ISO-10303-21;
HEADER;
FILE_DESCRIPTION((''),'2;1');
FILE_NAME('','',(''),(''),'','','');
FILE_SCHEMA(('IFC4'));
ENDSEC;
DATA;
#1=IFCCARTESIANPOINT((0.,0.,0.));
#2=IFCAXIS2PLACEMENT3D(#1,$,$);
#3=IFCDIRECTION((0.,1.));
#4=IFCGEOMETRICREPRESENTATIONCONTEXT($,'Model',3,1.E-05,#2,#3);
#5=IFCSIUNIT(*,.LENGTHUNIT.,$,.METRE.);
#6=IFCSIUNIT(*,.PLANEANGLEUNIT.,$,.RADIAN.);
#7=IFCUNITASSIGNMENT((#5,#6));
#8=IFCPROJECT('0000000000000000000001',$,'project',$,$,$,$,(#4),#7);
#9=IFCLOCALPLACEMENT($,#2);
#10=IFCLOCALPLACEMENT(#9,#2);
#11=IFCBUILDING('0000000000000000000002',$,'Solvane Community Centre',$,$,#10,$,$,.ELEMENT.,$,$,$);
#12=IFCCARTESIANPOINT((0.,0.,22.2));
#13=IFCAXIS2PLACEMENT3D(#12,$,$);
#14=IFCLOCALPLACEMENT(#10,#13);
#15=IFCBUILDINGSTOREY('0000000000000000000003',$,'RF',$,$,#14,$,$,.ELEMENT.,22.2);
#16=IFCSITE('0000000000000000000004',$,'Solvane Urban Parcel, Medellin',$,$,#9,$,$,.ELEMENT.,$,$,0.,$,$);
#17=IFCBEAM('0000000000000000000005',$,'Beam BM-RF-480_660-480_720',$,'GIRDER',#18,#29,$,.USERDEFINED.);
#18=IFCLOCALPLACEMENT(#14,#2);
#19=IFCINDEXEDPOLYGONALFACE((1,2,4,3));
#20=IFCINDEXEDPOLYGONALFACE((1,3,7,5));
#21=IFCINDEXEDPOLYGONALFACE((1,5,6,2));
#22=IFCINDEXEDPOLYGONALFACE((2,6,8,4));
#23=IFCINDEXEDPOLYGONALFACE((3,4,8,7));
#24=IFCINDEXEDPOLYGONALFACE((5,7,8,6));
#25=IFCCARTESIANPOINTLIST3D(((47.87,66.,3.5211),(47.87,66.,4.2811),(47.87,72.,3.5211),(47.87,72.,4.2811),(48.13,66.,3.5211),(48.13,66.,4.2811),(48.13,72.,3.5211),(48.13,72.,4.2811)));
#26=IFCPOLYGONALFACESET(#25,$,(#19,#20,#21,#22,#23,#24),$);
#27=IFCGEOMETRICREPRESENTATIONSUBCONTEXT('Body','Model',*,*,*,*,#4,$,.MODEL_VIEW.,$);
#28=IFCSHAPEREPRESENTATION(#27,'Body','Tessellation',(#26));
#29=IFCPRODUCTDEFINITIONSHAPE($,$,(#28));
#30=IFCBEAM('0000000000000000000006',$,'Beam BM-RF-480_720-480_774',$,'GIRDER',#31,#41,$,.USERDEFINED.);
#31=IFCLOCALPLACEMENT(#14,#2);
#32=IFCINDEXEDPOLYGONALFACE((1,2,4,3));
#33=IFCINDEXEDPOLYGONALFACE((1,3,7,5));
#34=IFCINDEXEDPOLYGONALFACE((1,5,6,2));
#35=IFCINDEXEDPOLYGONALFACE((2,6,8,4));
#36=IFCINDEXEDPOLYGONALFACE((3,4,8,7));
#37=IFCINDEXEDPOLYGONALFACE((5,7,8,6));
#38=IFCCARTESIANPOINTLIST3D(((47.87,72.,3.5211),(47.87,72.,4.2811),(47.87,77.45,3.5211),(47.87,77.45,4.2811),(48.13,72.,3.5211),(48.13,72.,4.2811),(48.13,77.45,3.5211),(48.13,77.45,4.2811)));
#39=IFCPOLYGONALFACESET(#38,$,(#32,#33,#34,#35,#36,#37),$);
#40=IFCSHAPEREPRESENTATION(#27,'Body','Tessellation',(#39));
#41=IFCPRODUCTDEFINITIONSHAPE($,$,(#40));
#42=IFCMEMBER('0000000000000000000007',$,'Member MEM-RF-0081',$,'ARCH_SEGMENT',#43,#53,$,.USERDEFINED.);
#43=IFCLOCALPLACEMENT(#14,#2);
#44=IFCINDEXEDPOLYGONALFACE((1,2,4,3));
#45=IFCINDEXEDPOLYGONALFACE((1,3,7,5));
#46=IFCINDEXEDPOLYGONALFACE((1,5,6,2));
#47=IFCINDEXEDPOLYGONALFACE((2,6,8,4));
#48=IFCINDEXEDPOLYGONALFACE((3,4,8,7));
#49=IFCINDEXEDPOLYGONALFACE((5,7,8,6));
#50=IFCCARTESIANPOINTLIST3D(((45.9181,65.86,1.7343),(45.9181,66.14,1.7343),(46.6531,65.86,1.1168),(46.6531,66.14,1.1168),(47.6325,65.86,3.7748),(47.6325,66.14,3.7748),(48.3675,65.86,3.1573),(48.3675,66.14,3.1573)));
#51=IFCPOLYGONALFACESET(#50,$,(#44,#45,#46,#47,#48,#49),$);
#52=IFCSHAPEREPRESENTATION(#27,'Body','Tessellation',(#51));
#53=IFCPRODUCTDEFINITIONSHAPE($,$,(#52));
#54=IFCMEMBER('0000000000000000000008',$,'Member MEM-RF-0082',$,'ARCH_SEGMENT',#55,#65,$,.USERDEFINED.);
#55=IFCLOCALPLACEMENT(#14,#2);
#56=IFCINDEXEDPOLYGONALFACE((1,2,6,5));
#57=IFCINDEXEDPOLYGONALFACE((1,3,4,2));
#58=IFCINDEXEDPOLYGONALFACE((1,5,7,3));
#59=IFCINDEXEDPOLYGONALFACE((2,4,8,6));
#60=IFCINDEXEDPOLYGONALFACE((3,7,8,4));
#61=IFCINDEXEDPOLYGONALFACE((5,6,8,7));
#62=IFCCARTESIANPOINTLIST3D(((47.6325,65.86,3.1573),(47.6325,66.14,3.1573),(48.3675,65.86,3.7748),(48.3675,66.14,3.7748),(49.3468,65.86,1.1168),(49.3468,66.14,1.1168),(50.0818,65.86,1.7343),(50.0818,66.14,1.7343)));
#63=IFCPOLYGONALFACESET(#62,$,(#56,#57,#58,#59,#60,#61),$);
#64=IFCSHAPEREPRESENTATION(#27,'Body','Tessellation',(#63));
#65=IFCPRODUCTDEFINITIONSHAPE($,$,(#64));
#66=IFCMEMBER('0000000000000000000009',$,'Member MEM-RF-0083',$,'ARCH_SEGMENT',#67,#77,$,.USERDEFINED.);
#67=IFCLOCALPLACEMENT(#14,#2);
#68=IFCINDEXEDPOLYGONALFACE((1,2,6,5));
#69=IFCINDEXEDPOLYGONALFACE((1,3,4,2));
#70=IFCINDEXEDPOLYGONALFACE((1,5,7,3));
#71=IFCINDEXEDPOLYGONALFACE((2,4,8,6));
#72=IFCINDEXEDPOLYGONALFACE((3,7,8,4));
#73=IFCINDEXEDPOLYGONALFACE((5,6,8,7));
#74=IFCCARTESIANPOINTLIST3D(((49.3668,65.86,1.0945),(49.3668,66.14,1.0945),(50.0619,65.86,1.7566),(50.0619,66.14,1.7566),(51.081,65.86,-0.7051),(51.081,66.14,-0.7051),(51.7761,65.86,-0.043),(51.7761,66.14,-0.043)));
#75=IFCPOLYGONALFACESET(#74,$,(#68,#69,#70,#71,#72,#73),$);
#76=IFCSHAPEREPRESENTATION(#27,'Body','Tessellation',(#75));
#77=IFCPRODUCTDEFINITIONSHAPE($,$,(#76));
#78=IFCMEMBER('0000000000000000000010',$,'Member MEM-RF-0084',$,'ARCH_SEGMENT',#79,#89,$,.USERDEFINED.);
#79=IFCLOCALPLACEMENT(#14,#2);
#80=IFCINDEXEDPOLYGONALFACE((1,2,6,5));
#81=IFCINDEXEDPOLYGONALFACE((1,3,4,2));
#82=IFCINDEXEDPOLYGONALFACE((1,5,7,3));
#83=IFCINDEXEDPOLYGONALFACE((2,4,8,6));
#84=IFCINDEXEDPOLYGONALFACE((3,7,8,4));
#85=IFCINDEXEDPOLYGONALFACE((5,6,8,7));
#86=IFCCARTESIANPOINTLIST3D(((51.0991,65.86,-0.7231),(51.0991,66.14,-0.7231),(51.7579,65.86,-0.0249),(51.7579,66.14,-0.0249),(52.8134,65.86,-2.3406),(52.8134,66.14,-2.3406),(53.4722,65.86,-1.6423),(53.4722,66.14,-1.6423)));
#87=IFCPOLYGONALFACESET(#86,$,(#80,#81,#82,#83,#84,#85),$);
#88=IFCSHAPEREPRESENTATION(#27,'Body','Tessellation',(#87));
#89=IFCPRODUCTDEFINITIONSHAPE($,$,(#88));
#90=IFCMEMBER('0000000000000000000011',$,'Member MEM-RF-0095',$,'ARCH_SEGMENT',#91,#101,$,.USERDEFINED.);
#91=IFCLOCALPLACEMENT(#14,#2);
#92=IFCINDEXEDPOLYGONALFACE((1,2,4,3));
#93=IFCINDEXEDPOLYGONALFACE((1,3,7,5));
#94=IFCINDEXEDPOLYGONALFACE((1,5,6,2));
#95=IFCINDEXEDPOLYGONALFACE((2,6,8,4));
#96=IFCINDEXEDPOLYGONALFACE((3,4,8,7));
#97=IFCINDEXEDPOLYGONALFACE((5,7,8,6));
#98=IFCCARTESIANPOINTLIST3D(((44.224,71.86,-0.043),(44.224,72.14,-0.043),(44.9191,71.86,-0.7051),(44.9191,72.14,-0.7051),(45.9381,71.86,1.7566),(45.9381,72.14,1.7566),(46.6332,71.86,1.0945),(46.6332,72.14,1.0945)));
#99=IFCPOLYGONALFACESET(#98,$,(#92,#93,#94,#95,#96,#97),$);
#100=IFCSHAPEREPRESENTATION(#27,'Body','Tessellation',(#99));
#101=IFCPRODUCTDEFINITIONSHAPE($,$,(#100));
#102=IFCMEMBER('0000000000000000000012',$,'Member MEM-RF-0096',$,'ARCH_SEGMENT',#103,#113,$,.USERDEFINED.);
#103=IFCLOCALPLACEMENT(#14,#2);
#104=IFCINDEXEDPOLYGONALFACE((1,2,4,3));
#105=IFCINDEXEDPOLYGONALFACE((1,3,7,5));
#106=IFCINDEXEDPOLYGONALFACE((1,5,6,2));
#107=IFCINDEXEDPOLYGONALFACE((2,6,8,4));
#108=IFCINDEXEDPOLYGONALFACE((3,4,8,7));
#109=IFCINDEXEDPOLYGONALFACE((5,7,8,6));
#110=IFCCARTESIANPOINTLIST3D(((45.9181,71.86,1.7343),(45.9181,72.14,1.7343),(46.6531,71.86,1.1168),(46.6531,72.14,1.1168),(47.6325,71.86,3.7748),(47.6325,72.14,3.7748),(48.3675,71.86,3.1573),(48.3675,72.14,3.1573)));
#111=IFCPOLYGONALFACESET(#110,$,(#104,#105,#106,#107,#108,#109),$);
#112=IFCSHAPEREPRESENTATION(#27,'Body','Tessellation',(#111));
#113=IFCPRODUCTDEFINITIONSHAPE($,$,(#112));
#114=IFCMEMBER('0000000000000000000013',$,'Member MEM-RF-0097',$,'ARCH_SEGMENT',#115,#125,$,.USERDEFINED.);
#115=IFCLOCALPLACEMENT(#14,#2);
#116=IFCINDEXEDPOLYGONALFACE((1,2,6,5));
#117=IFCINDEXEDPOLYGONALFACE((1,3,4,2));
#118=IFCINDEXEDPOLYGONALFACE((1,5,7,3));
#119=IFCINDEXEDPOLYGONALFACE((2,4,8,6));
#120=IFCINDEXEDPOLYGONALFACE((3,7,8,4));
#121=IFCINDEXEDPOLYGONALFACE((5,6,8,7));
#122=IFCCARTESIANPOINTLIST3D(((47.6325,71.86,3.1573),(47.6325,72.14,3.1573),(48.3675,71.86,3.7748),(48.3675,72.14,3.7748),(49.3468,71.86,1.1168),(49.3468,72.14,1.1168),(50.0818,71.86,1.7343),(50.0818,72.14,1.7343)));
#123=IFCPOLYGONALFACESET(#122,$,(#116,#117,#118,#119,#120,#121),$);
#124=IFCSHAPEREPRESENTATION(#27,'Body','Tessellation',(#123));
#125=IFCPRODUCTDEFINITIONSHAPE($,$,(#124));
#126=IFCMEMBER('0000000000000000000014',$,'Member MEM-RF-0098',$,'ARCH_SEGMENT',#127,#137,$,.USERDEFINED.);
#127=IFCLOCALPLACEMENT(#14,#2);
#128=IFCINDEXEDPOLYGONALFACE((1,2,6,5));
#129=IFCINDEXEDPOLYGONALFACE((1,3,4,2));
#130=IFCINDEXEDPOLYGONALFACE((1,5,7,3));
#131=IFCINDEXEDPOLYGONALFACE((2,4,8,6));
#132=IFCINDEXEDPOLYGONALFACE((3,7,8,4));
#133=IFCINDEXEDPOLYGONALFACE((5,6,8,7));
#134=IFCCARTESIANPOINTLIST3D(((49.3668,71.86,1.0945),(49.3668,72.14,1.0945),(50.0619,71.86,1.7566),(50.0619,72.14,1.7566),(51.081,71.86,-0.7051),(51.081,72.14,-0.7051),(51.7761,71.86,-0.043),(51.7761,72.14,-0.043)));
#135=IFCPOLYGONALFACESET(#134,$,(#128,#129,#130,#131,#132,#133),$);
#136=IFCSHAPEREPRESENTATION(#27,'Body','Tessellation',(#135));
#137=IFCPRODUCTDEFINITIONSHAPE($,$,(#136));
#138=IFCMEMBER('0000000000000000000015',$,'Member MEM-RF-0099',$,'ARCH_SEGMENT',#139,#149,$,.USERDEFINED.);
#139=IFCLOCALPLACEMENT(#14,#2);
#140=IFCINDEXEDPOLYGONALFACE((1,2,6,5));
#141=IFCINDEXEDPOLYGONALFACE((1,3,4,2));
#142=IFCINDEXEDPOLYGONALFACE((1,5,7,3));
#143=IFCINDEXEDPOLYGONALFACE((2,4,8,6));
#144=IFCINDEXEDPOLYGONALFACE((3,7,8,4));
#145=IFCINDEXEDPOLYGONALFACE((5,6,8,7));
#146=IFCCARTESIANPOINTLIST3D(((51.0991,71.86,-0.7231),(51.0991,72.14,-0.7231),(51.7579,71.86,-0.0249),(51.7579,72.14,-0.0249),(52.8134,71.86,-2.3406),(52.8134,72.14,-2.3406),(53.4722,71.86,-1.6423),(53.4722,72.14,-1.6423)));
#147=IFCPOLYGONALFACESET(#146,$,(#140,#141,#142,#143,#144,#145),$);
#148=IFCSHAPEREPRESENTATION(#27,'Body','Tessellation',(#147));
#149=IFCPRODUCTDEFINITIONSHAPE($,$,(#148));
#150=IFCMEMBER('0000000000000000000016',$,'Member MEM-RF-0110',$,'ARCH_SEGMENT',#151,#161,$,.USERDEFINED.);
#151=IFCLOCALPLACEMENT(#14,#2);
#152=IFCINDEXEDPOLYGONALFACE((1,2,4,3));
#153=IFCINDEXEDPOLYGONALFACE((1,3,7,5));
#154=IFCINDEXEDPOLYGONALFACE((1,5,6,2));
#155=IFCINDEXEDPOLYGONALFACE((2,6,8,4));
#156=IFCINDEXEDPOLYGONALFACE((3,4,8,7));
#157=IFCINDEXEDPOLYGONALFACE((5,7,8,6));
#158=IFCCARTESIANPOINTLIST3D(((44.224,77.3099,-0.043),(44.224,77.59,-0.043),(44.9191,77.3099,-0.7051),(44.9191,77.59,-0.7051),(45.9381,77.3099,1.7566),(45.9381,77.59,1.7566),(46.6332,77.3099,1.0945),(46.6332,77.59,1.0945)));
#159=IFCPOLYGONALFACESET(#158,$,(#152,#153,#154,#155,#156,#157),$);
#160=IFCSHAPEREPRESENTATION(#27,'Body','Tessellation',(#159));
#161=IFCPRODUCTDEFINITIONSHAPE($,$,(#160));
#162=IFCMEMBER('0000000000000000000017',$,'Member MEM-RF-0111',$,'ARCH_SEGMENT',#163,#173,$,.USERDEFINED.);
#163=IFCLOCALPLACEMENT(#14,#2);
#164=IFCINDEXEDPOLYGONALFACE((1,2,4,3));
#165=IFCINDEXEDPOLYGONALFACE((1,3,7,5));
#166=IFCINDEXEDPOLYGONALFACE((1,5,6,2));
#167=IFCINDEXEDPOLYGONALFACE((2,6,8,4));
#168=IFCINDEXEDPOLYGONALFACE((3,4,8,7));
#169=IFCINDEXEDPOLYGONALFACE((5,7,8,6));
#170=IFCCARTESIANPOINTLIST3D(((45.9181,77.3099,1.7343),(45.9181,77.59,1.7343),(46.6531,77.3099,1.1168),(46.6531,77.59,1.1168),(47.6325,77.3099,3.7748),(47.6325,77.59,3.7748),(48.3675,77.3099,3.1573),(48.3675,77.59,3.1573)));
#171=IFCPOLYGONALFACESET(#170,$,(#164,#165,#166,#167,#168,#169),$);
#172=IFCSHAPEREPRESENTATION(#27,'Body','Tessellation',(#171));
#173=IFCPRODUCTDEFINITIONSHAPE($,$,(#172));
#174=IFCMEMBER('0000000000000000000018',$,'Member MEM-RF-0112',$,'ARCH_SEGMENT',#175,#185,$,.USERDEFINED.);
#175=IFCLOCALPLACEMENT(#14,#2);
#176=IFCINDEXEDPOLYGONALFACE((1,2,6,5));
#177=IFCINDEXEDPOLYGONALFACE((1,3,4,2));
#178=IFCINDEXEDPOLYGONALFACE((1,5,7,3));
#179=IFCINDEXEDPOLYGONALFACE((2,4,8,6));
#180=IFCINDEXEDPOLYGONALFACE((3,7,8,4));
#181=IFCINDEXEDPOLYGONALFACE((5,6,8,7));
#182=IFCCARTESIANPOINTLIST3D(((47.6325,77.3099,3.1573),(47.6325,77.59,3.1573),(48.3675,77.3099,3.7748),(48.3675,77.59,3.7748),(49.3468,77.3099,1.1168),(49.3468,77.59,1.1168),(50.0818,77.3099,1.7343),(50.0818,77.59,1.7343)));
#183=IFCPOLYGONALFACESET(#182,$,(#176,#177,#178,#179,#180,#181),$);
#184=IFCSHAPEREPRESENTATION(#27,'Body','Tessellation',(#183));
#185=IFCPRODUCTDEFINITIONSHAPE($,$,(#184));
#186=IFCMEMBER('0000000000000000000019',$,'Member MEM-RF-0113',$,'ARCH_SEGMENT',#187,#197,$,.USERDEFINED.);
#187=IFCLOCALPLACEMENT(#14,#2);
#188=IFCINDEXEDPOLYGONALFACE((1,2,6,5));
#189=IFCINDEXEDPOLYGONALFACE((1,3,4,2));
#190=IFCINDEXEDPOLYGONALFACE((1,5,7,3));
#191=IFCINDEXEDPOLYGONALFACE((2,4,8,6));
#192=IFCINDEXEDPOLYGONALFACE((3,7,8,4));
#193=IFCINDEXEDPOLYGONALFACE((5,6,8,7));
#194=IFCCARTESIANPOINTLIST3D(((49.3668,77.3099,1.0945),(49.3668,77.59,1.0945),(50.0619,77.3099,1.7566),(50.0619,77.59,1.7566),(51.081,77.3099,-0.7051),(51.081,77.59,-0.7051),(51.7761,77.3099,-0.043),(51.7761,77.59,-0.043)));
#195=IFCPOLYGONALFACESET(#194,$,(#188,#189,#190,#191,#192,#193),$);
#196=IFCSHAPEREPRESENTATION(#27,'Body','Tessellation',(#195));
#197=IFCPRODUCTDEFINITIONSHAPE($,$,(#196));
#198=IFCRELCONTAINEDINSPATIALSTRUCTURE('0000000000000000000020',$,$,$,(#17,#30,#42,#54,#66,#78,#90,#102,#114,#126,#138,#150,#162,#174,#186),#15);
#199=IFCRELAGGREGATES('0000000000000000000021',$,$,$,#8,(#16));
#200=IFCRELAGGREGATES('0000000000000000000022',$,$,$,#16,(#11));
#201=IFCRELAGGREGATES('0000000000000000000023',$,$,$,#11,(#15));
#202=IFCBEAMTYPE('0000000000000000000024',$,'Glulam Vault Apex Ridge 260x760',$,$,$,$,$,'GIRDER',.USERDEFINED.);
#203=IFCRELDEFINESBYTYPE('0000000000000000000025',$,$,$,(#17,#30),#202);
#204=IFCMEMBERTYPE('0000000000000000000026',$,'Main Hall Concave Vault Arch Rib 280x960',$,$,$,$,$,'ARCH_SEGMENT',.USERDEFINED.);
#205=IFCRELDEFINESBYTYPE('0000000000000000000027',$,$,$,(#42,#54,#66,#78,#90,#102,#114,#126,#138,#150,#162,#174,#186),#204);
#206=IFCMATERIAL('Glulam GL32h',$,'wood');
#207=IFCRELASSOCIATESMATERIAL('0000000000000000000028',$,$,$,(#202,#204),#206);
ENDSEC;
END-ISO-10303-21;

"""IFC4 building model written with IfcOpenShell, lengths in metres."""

from ifc_helpers import new_model, si_unit, direction, frame, origin, origin_2d, place, context, subcontext, project, spatial, rectangle, extrude, material, material_profile, profile_set, type_object, element, save


model = new_model("IFC4")

# Units and contexts
model_context = context("Model", 3, precision=1e-05, world=origin(), true_north=direction((0.0, 1.0)))
body_context = subcontext(model_context, "Body", "Model", "MODEL_VIEW")
ifc_project = project(units=[si_unit("LENGTHUNIT", "METRE"), si_unit("PLANEANGLEUNIT", "RADIAN")], contexts=[model_context])

# Site, building, storey
site_placement = place(None, origin())
site = spatial("IfcSite", under=ifc_project, at=site_placement, Name="Solvane Urban Parcel, Medellin", CompositionType="ELEMENT", RefElevation=0.0)
building_placement = place(site_placement, origin())
building = spatial("IfcBuilding", under=site, at=building_placement, Name="Solvane Community Centre", CompositionType="ELEMENT")
storey_placement = place(building_placement, frame((0.0, 0.0, 22.2)))
storey = spatial("IfcBuildingStorey", under=building, at=storey_placement, Name="RF", CompositionType="ELEMENT", Elevation=22.2)

# Beams
ifc_material_1 = material(Name="Glulam GL32h", Category="wood")
ifc_material_profile_1 = material_profile(ifc_material_1, rectangle(XDim=0.26, YDim=0.76, at=origin_2d()), Name="GL32h 260x760")
ifc_profile_set_1 = profile_set([ifc_material_profile_1], Name="Glulam GL32h")
beam_type = type_object("IfcBeamType", Name="Glulam Vault Apex Ridge 260x760", ElementType="GIRDER", PredefinedType="USERDEFINED", material=ifc_profile_set_1)
beam_1_placement = place(storey_placement, frame((48.0, 66.0, 3.9011), z_axis=(0.0, 1.0, 0.0), x_axis=(-1.0, 0.0, 0.0)))
element("IfcBeam", 1, at=beam_1_placement, inside=storey, type_object=beam_type, Name="Beam BM-RF-480_660-480_720", ObjectType="GIRDER", PredefinedType="USERDEFINED", context=body_context, shape_type="SweptSolid", body=[
    extrude(rectangle(XDim=0.26, YDim=0.76, at=origin_2d()), origin(), (0.0, 0.0, 1.0), 6.0),
])
beam_2_placement = place(storey_placement, frame((48.0, 72.0, 3.9011), z_axis=(0.0, 1.0, 0.0), x_axis=(-1.0, 0.0, 0.0)))
element("IfcBeam", 2, at=beam_2_placement, inside=storey, type_object=beam_type, Name="Beam BM-RF-480_720-480_774", ObjectType="GIRDER", PredefinedType="USERDEFINED", context=body_context, shape_type="SweptSolid", body=[
    extrude(rectangle(XDim=0.26, YDim=0.76, at=origin_2d()), origin(), (0.0, 0.0, 1.0), 5.45),
])

# Members
ifc_material_profile_2 = material_profile(ifc_material_1, rectangle(XDim=0.28, YDim=0.96, at=origin_2d()), Name="GL32h 280x960")
ifc_profile_set_2 = profile_set([ifc_material_profile_2], Name="Glulam GL32h")
member_type_1 = type_object("IfcMemberType", Name="Main Hall Concave Vault Arch Rib 280x960", ElementType="ARCH_SEGMENT", PredefinedType="USERDEFINED", material=ifc_profile_set_2)
for number, where, z_axis, x_axis, name in (
    (3, (46.2856, 66.0, 1.4255), (0.643261, 0.0, 0.765647), (0.0, 1.0, 0.0), "Member MEM-RF-0081"),
    (4, (48.0, 66.0, 3.4661), (0.643261, 0.0, -0.765647), (0.0, 1.0, 0.0), "Member MEM-RF-0082"),
):
    element("IfcMember", number, at=place(storey_placement, frame(where, z_axis=z_axis, x_axis=x_axis)), inside=storey, type_object=member_type_1, Name=name, ObjectType="ARCH_SEGMENT", PredefinedType="USERDEFINED", context=body_context, shape_type="SweptSolid", body=[
        extrude(rectangle(XDim=0.28, YDim=0.96, at=origin_2d()), origin(), (0.0, 0.0, 1.0), 2.665),
    ])
member_1_placement = place(storey_placement, frame((49.7144, 66.0, 1.4255), z_axis=(0.689707, 0.0, -0.724089), x_axis=(0.0, 1.0, 0.0)))
element("IfcMember", 5, at=member_1_placement, inside=storey, type_object=member_type_1, Name="Member MEM-RF-0083", ObjectType="ARCH_SEGMENT", PredefinedType="USERDEFINED", context=body_context, shape_type="SweptSolid", body=[
    extrude(rectangle(XDim=0.28, YDim=0.96, at=origin_2d()), origin(), (0.0, 0.0, 1.0), 2.4854),
])
member_2_placement = place(storey_placement, frame((51.4285, 66.0, -0.374), z_axis=(0.727369, 0.0, -0.686246), x_axis=(0.0, 1.0, 0.0)))
element("IfcMember", 6, at=member_2_placement, inside=storey, type_object=member_type_1, Name="Member MEM-RF-0084", ObjectType="ARCH_SEGMENT", PredefinedType="USERDEFINED", context=body_context, shape_type="SweptSolid", body=[
    extrude(rectangle(XDim=0.28, YDim=0.96, at=origin_2d()), origin(), (0.0, 0.0, 1.0), 2.3569),
])
member_3_placement = place(storey_placement, frame((44.5715, 72.0, -0.374), z_axis=(0.689707, 0.0, 0.724089), x_axis=(0.0, 1.0, 0.0)))
element("IfcMember", 7, at=member_3_placement, inside=storey, type_object=member_type_1, Name="Member MEM-RF-0095", ObjectType="ARCH_SEGMENT", PredefinedType="USERDEFINED", context=body_context, shape_type="SweptSolid", body=[
    extrude(rectangle(XDim=0.28, YDim=0.96, at=origin_2d()), origin(), (0.0, 0.0, 1.0), 2.4854),
])
for number, where, z_axis, x_axis, name in (
    (8, (46.2856, 72.0, 1.4255), (0.643261, 0.0, 0.765647), (0.0, 1.0, 0.0), "Member MEM-RF-0096"),
    (9, (48.0, 72.0, 3.4661), (0.643261, 0.0, -0.765647), (0.0, 1.0, 0.0), "Member MEM-RF-0097"),
):
    element("IfcMember", number, at=place(storey_placement, frame(where, z_axis=z_axis, x_axis=x_axis)), inside=storey, type_object=member_type_1, Name=name, ObjectType="ARCH_SEGMENT", PredefinedType="USERDEFINED", context=body_context, shape_type="SweptSolid", body=[
        extrude(rectangle(XDim=0.28, YDim=0.96, at=origin_2d()), origin(), (0.0, 0.0, 1.0), 2.665),
    ])
member_4_placement = place(storey_placement, frame((49.7144, 72.0, 1.4255), z_axis=(0.689707, 0.0, -0.724089), x_axis=(0.0, 1.0, 0.0)))
element("IfcMember", 10, at=member_4_placement, inside=storey, type_object=member_type_1, Name="Member MEM-RF-0098", ObjectType="ARCH_SEGMENT", PredefinedType="USERDEFINED", context=body_context, shape_type="SweptSolid", body=[
    extrude(rectangle(XDim=0.28, YDim=0.96, at=origin_2d()), origin(), (0.0, 0.0, 1.0), 2.4854),
])
member_5_placement = place(storey_placement, frame((51.4285, 72.0, -0.374), z_axis=(0.727369, 0.0, -0.686246), x_axis=(0.0, 1.0, 0.0)))
element("IfcMember", 11, at=member_5_placement, inside=storey, type_object=member_type_1, Name="Member MEM-RF-0099", ObjectType="ARCH_SEGMENT", PredefinedType="USERDEFINED", context=body_context, shape_type="SweptSolid", body=[
    extrude(rectangle(XDim=0.28, YDim=0.96, at=origin_2d()), origin(), (0.0, 0.0, 1.0), 2.3569),
])
member_6_placement = place(storey_placement, frame((44.5715, 77.45, -0.374), z_axis=(0.689707, 0.0, 0.724089), x_axis=(0.0, 1.0, 0.0)))
element("IfcMember", 12, at=member_6_placement, inside=storey, type_object=member_type_1, Name="Member MEM-RF-0110", ObjectType="ARCH_SEGMENT", PredefinedType="USERDEFINED", context=body_context, shape_type="SweptSolid", body=[
    extrude(rectangle(XDim=0.28, YDim=0.96, at=origin_2d()), origin(), (0.0, 0.0, 1.0), 2.4854),
])
for number, where, z_axis, x_axis, name in (
    (13, (46.2856, 77.45, 1.4255), (0.643261, 0.0, 0.765647), (0.0, 1.0, 0.0), "Member MEM-RF-0111"),
    (14, (48.0, 77.45, 3.4661), (0.643261, 0.0, -0.765647), (0.0, 1.0, 0.0), "Member MEM-RF-0112"),
):
    element("IfcMember", number, at=place(storey_placement, frame(where, z_axis=z_axis, x_axis=x_axis)), inside=storey, type_object=member_type_1, Name=name, ObjectType="ARCH_SEGMENT", PredefinedType="USERDEFINED", context=body_context, shape_type="SweptSolid", body=[
        extrude(rectangle(XDim=0.28, YDim=0.96, at=origin_2d()), origin(), (0.0, 0.0, 1.0), 2.665),
    ])
member_7_placement = place(storey_placement, frame((49.7144, 77.45, 1.4255), z_axis=(0.689707, 0.0, -0.724089), x_axis=(0.0, 1.0, 0.0)))
element("IfcMember", 15, at=member_7_placement, inside=storey, type_object=member_type_1, Name="Member MEM-RF-0113", ObjectType="ARCH_SEGMENT", PredefinedType="USERDEFINED", context=body_context, shape_type="SweptSolid", body=[
    extrude(rectangle(XDim=0.28, YDim=0.96, at=origin_2d()), origin(), (0.0, 0.0, 1.0), 2.4854),
])

save(model, "model.ifc")
